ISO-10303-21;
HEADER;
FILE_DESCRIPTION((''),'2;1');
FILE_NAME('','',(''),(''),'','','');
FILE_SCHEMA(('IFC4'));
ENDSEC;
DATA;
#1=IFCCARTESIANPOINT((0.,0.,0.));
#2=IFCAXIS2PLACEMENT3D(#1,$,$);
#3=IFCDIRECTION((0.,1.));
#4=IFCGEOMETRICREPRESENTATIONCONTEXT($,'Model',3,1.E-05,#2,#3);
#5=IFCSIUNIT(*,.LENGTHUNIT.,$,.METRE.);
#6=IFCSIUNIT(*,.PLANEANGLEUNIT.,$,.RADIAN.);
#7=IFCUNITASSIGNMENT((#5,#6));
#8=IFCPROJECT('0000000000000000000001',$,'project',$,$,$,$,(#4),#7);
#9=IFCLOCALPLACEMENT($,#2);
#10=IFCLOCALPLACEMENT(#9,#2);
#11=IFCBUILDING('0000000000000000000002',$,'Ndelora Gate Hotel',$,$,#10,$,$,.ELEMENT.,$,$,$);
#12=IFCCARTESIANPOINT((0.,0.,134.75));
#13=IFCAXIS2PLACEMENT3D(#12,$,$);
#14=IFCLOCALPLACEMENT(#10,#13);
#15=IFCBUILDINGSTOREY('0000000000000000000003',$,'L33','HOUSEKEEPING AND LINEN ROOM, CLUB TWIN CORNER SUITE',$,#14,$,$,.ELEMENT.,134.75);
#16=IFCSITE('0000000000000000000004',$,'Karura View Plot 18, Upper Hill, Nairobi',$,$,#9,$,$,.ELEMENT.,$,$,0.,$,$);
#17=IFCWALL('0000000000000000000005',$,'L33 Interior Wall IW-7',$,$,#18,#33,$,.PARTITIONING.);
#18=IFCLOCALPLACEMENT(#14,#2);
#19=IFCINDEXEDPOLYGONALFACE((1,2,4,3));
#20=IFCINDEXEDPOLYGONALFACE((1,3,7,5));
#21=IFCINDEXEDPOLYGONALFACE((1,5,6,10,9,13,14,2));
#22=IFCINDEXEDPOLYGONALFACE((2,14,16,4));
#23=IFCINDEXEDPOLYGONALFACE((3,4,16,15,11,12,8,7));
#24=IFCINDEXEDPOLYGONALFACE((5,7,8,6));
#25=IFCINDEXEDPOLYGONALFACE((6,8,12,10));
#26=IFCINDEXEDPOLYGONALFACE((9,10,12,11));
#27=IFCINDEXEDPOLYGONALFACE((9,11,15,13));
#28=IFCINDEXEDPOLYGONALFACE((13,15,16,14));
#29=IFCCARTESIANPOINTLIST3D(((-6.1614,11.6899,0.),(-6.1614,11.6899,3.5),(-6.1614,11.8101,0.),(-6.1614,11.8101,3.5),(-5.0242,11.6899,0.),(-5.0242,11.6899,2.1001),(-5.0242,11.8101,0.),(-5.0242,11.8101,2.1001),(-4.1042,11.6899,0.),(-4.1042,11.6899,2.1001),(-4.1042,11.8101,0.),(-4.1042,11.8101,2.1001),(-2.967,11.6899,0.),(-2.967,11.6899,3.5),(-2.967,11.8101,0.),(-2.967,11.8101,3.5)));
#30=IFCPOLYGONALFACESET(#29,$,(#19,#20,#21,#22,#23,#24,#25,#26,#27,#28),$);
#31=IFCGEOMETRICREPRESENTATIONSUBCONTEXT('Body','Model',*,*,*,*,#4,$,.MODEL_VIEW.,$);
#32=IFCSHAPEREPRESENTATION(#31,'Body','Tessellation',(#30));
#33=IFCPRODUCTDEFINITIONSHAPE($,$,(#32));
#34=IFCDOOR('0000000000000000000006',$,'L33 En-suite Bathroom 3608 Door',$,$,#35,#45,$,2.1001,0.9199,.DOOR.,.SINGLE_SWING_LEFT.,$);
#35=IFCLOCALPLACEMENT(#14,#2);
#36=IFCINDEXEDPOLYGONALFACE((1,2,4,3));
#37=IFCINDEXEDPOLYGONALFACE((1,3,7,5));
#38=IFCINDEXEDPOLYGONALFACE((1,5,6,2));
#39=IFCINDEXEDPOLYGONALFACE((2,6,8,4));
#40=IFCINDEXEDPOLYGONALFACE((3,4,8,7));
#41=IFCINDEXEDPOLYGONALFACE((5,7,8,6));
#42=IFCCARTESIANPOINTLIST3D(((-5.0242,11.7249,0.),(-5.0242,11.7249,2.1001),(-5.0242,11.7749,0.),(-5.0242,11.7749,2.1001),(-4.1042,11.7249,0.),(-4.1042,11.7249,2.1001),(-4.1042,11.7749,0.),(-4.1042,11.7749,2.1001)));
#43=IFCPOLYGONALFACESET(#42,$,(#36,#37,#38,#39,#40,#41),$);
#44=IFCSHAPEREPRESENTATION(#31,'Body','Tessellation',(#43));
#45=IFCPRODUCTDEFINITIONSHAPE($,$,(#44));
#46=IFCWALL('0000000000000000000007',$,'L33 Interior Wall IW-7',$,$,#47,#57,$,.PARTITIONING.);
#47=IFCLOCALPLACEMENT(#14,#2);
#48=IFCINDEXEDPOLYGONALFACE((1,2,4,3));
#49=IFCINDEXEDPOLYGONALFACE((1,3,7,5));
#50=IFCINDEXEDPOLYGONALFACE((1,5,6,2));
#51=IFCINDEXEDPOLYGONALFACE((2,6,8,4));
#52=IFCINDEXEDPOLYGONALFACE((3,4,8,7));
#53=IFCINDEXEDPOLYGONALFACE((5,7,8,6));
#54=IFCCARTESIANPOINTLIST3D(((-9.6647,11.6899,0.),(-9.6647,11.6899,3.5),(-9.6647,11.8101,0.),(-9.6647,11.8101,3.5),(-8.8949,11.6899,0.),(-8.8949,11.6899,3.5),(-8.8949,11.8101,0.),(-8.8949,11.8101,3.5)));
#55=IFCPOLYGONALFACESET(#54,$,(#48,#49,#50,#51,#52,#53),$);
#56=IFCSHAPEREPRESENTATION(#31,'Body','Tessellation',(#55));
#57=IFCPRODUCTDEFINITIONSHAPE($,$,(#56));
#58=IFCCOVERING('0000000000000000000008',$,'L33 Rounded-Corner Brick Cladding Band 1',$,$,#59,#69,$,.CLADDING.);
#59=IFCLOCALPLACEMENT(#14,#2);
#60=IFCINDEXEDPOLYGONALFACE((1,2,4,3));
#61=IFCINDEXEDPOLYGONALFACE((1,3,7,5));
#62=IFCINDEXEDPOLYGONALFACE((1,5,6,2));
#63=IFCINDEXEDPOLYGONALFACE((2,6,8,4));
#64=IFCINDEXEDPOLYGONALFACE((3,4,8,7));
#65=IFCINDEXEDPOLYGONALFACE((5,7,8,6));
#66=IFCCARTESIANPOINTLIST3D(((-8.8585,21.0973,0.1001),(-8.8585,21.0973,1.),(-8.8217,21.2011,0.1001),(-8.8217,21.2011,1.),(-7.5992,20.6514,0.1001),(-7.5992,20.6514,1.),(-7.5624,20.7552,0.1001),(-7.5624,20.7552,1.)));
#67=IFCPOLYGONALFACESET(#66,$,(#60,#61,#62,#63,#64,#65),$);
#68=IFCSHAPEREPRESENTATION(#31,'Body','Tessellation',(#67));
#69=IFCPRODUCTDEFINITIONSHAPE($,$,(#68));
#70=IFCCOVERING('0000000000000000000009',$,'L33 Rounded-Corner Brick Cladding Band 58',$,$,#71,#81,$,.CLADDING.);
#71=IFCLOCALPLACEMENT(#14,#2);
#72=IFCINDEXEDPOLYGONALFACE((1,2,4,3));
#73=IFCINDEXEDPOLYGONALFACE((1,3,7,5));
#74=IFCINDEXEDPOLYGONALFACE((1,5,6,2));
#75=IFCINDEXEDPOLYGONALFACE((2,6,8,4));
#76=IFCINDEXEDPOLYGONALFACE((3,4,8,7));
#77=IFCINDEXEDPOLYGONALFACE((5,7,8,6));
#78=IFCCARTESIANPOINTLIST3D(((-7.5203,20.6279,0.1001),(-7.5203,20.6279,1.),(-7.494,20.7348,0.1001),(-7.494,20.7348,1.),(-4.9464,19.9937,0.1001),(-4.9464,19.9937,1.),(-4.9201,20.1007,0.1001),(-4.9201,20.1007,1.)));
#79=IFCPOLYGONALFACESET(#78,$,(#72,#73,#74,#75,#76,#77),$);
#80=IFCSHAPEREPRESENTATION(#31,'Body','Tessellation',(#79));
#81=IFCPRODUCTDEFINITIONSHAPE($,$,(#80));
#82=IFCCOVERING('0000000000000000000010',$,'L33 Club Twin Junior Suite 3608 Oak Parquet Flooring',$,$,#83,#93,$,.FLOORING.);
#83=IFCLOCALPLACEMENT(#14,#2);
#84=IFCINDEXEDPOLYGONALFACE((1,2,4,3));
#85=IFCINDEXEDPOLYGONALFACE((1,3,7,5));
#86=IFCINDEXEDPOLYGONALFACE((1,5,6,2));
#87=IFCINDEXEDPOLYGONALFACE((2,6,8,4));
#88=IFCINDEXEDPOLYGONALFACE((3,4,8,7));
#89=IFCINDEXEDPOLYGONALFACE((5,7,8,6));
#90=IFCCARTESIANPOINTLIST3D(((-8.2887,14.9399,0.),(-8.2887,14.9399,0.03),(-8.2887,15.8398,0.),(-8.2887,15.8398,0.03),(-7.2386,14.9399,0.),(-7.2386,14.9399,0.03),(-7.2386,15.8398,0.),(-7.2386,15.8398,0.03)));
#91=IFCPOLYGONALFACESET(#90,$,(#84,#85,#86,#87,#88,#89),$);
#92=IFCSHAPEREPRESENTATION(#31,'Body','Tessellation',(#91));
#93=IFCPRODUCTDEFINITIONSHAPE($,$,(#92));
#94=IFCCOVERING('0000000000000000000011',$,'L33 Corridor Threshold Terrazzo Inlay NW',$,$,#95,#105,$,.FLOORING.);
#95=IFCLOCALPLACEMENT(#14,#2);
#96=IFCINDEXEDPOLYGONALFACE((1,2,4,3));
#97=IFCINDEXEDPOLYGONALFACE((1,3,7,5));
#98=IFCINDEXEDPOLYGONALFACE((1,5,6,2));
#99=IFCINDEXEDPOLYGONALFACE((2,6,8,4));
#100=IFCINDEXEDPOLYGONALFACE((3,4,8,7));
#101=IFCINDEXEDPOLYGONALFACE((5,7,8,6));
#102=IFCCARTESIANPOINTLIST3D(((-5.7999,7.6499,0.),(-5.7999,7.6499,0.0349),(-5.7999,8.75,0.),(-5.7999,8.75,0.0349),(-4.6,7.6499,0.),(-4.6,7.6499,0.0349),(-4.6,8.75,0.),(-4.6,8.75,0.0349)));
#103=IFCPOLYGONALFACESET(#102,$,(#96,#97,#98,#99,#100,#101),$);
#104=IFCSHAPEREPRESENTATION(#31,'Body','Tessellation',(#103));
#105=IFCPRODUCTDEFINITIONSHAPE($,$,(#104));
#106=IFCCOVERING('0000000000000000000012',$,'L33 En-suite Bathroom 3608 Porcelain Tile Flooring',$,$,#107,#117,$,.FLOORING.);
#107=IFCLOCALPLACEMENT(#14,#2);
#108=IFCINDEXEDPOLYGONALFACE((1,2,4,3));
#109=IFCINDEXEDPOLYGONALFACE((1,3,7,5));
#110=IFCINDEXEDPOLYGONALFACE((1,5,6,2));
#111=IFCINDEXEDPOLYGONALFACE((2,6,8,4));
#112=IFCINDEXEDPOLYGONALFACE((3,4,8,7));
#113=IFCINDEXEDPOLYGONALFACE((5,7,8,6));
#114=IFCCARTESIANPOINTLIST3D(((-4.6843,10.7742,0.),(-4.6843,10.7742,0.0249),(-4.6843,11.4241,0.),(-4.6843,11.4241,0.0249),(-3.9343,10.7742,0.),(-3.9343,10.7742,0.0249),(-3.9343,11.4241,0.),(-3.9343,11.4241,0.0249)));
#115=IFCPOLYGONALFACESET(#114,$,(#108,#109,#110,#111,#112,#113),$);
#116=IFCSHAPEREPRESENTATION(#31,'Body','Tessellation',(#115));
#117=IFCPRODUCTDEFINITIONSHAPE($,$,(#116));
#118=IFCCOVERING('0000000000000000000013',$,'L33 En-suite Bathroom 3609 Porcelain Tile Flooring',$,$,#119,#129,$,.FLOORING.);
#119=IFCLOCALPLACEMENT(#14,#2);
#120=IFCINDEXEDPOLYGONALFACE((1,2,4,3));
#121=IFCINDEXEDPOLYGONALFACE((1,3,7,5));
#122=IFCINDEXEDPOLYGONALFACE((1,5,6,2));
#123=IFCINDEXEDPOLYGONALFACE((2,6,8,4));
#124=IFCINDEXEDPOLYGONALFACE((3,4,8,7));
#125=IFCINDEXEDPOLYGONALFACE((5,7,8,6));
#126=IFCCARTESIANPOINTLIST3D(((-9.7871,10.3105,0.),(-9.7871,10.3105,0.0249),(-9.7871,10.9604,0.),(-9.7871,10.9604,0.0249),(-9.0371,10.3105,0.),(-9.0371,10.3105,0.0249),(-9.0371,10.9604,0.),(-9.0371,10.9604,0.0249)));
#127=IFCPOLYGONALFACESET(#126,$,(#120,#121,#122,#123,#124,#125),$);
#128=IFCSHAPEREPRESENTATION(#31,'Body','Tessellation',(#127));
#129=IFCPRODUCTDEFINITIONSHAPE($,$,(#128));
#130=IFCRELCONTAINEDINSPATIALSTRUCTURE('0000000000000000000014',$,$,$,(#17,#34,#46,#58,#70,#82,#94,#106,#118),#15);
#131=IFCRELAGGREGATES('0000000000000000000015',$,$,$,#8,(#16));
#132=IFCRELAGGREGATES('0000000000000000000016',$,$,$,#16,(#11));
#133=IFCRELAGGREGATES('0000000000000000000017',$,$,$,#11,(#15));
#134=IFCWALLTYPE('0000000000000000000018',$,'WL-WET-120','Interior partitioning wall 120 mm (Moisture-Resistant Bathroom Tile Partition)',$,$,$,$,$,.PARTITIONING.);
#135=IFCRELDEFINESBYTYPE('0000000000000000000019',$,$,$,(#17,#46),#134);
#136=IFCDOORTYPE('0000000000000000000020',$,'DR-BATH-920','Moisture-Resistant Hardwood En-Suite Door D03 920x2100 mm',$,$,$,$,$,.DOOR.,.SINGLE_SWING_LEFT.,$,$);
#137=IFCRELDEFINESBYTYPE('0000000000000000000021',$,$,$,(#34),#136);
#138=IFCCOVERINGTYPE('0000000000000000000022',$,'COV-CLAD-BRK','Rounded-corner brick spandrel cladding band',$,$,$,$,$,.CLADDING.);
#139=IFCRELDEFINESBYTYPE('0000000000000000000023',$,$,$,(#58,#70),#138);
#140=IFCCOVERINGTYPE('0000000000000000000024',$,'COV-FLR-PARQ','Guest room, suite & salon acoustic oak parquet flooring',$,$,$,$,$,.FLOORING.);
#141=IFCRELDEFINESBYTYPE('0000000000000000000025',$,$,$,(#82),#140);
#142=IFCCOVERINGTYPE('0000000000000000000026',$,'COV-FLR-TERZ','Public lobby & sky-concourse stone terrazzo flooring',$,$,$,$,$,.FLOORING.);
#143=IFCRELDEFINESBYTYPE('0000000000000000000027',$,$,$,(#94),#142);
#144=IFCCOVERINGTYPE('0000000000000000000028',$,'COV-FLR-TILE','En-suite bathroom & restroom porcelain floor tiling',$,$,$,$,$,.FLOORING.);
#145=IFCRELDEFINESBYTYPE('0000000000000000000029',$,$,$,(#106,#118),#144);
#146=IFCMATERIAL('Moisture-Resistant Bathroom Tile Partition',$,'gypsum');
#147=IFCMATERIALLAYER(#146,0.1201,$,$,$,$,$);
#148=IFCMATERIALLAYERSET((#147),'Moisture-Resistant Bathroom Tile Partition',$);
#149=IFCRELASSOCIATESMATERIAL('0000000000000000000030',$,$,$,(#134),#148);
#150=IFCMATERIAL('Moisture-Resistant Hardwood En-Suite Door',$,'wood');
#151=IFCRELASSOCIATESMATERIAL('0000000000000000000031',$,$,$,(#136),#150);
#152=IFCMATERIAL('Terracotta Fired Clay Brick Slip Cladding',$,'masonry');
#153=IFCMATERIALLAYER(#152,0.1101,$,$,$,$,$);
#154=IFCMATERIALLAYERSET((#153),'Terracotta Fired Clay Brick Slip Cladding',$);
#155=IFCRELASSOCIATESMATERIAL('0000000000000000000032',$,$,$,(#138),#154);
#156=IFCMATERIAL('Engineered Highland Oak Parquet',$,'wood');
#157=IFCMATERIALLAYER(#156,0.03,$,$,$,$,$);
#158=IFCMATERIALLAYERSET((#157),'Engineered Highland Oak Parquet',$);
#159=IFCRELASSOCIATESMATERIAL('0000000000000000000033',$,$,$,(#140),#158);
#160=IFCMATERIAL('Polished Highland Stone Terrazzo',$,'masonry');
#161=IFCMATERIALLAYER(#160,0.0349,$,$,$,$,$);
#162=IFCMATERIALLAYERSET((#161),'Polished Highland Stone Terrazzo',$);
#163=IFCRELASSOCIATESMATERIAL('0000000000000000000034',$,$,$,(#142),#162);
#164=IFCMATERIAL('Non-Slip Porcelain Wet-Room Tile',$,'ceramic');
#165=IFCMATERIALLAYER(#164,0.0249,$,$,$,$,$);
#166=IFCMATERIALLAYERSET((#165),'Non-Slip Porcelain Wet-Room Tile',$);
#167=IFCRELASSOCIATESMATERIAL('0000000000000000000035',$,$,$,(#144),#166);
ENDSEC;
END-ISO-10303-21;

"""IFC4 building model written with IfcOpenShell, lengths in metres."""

from ifc_helpers import new_model, si_unit, direction, frame, frame_2d, origin, origin_2d, place, context, subcontext, project, spatial, rectangle, extrude, material, layer, layer_set, type_object, element, fill, save


model = new_model("IFC4")

# Units and contexts
model_context = context("Model", 3, precision=1e-05, world=origin(), true_north=direction((0.0, 1.0)))
body_context = subcontext(model_context, "Body", "Model", "MODEL_VIEW")
ifc_project = project(units=[si_unit("LENGTHUNIT", "METRE"), si_unit("PLANEANGLEUNIT", "RADIAN")], contexts=[model_context])

# Site, building, storey
site_placement = place(None, origin())
site = spatial("IfcSite", under=ifc_project, at=site_placement, Name="Karura View Plot 18, Upper Hill, Nairobi", CompositionType="ELEMENT", RefElevation=0.0)
building_placement = place(site_placement, origin())
building = spatial("IfcBuilding", under=site, at=building_placement, Name="Ndelora Gate Hotel", CompositionType="ELEMENT")
storey_placement = place(building_placement, frame((0.0, 0.0, 134.75)))
storey = spatial("IfcBuildingStorey", under=building, at=storey_placement, Name="L33", Description="HOUSEKEEPING AND LINEN ROOM, CLUB TWIN CORNER SUITE", CompositionType="ELEMENT", Elevation=134.75)

# Shared definitions
ifc_material_1 = material(Name="Moisture-Resistant Bathroom Tile Partition", Category="gypsum")
ifc_layer_1 = layer(ifc_material_1, 0.1201)
ifc_layer_set_1 = layer_set([ifc_layer_1], Name="Moisture-Resistant Bathroom Tile Partition")
wall_type_1 = type_object("IfcWallType", Name="WL-WET-120", Description="Interior partitioning wall 120 mm (Moisture-Resistant Bathroom Tile Partition)", PredefinedType="PARTITIONING", material=ifc_layer_set_1)
ifc_material_2 = material(Name="Moisture-Resistant Hardwood En-Suite Door", Category="wood")
door_type_1 = type_object("IfcDoorType", Name="DR-BATH-920", Description="Moisture-Resistant Hardwood En-Suite Door D03 920x2100 mm", OperationType="SINGLE_SWING_LEFT", PredefinedType="DOOR", material=ifc_material_2)

# Wall, opening, door
wall_1_placement = place(storey_placement, frame((-6.1614, 11.75, 0.0), z_axis=(0.0, 0.0, 1.0), x_axis=(1.0, 0.0, 0.0)))
wall_1 = element("IfcWall", 1, at=wall_1_placement, inside=storey, type_object=wall_type_1, Name="L33 Interior Wall IW-7", PredefinedType="PARTITIONING", context=body_context, shape_type="SweptSolid", body=[
    extrude(rectangle(XDim=3.1943, YDim=0.1201, at=frame_2d((1.5972, 0.0))), origin(), (0.0, 0.0, 1.0), 3.5),
])
opening_1_placement = place(wall_1_placement, frame((1.1372, 0.0, 0.0)))
opening_1 = element("IfcOpeningElement", 2, at=opening_1_placement, cuts=wall_1, PredefinedType="OPENING", context=body_context, shape_type="SweptSolid", body=[
    extrude(rectangle(XDim=0.9199, YDim=2.1001, at=frame_2d((0.46, 1.05))), frame((0.0, 0.0701, 0.0), z_axis=(0.0, -1.0, 0.0), x_axis=(1.0, 0.0, 0.0)), (0.0, 0.0, 1.0), 0.1401),
])
door_1_placement = place(opening_1_placement, origin())
door_1 = element("IfcDoor", 3, at=door_1_placement, inside=storey, type_object=door_type_1, Name="L33 En-suite Bathroom 3608 Door", OperationType="SINGLE_SWING_LEFT", OverallHeight=2.1001, OverallWidth=0.9199, PredefinedType="DOOR", context=body_context, shape_type="SweptSolid", body=[
    extrude(rectangle(XDim=0.9199, YDim=2.1001, at=frame_2d((0.46, 1.05))), frame((0.0, 0.0249, 0.0), z_axis=(0.0, -1.0, 0.0), x_axis=(1.0, 0.0, 0.0)), (0.0, 0.0, 1.0), 0.05),
])
fill(opening_1, door_1)

# Wall
wall_2_placement = place(storey_placement, frame((-8.895, 11.75, 0.0), z_axis=(0.0, 0.0, 1.0), x_axis=(-1.0, 0.0, 0.0)))
element("IfcWall", 4, at=wall_2_placement, inside=storey, type_object=wall_type_1, Name="L33 Interior Wall IW-7", PredefinedType="PARTITIONING", context=body_context, shape_type="SweptSolid", body=[
    extrude(rectangle(XDim=0.7698, YDim=0.1201, at=frame_2d((0.3848, 0.0))), origin(), (0.0, 0.0, 1.0), 3.5),
])

# Coverings
ifc_material_3 = material(Name="Terracotta Fired Clay Brick Slip Cladding", Category="masonry")
ifc_layer_2 = layer(ifc_material_3, 0.1101)
ifc_layer_set_2 = layer_set([ifc_layer_2], Name="Terracotta Fired Clay Brick Slip Cladding")
covering_type_1 = type_object("IfcCoveringType", Name="COV-CLAD-BRK", Description="Rounded-corner brick spandrel cladding band", PredefinedType="CLADDING", material=ifc_layer_set_2)
covering_1_placement = place(storey_placement, frame((-8.2104, 20.9263, 0.1001), z_axis=(0.0, 0.0, 1.0), x_axis=(-0.942641, 0.333807, 0.0)))
element("IfcCovering", 5, at=covering_1_placement, inside=storey, type_object=covering_type_1, Name="L33 Rounded-Corner Brick Cladding Band 1", PredefinedType="CLADDING", context=body_context, shape_type="SweptSolid", body=[
    extrude(rectangle(XDim=1.3359, YDim=0.1101, at=origin_2d()), origin(), (0.0, 0.0, 1.0), 0.8999),
])
covering_2_placement = place(storey_placement, frame((-6.2202, 20.3643, 0.1001), z_axis=(0.0, 0.0, 1.0), x_axis=(-0.970968, 0.239211, 0.0)))
element("IfcCovering", 6, at=covering_2_placement, inside=storey, type_object=covering_type_1, Name="L33 Rounded-Corner Brick Cladding Band 58", PredefinedType="CLADDING", context=body_context, shape_type="SweptSolid", body=[
    extrude(rectangle(XDim=2.6509, YDim=0.1101, at=origin_2d()), origin(), (0.0, 0.0, 1.0), 0.8999),
])
ifc_material_4 = material(Name="Engineered Highland Oak Parquet", Category="wood")
ifc_layer_3 = layer(ifc_material_4, 0.03)
ifc_layer_set_3 = layer_set([ifc_layer_3], Name="Engineered Highland Oak Parquet")
covering_type_2 = type_object("IfcCoveringType", Name="COV-FLR-PARQ", Description="Guest room, suite & salon acoustic oak parquet flooring", PredefinedType="FLOORING", material=ifc_layer_set_3)
covering_3_placement = place(storey_placement, frame((-7.7637, 15.3899, 0.0), z_axis=(0.0, 0.0, 1.0), x_axis=(1.0, 0.0, 0.0)))
element("IfcCovering", 7, at=covering_3_placement, inside=storey, type_object=covering_type_2, Name="L33 Club Twin Junior Suite 3608 Oak Parquet Flooring", PredefinedType="FLOORING", context=body_context, shape_type="SweptSolid", body=[
    extrude(rectangle(XDim=1.05, YDim=0.8999, at=origin_2d()), origin(), (0.0, 0.0, 1.0), 0.03),
])
ifc_material_5 = material(Name="Polished Highland Stone Terrazzo", Category="masonry")
ifc_layer_4 = layer(ifc_material_5, 0.0349)
ifc_layer_set_4 = layer_set([ifc_layer_4], Name="Polished Highland Stone Terrazzo")
covering_type_3 = type_object("IfcCoveringType", Name="COV-FLR-TERZ", Description="Public lobby & sky-concourse stone terrazzo flooring", PredefinedType="FLOORING", material=ifc_layer_set_4)
covering_4_placement = place(storey_placement, frame((-5.2, 8.2, 0.0), z_axis=(0.0, 0.0, 1.0), x_axis=(1.0, 0.0, 0.0)))
element("IfcCovering", 8, at=covering_4_placement, inside=storey, type_object=covering_type_3, Name="L33 Corridor Threshold Terrazzo Inlay NW", PredefinedType="FLOORING", context=body_context, shape_type="SweptSolid", body=[
    extrude(rectangle(XDim=1.2, YDim=1.1001, at=origin_2d()), origin(), (0.0, 0.0, 1.0), 0.0349),
])
ifc_material_6 = material(Name="Non-Slip Porcelain Wet-Room Tile", Category="ceramic")
ifc_layer_5 = layer(ifc_material_6, 0.0249)
ifc_layer_set_5 = layer_set([ifc_layer_5], Name="Non-Slip Porcelain Wet-Room Tile")
covering_type_4 = type_object("IfcCoveringType", Name="COV-FLR-TILE", Description="En-suite bathroom & restroom porcelain floor tiling", PredefinedType="FLOORING", material=ifc_layer_set_5)
for number, where, z_axis, x_axis, name in (
    (9, (-4.3093, 11.0991, 0.0), (0.0, 0.0, 1.0), (1.0, 0.0, 0.0), "L33 En-suite Bathroom 3608 Porcelain Tile Flooring"),
    (10, (-9.4121, 10.6355, 0.0), (0.0, 0.0, 1.0), (1.0, 0.0, 0.0), "L33 En-suite Bathroom 3609 Porcelain Tile Flooring"),
):
    element("IfcCovering", number, at=place(storey_placement, frame(where, z_axis=z_axis, x_axis=x_axis)), inside=storey, type_object=covering_type_4, Name=name, PredefinedType="FLOORING", context=body_context, shape_type="SweptSolid", body=[
        extrude(rectangle(XDim=0.75, YDim=0.6499, at=origin_2d()), origin(), (0.0, 0.0, 1.0), 0.0249),
    ])

save(model, "model.ifc")
